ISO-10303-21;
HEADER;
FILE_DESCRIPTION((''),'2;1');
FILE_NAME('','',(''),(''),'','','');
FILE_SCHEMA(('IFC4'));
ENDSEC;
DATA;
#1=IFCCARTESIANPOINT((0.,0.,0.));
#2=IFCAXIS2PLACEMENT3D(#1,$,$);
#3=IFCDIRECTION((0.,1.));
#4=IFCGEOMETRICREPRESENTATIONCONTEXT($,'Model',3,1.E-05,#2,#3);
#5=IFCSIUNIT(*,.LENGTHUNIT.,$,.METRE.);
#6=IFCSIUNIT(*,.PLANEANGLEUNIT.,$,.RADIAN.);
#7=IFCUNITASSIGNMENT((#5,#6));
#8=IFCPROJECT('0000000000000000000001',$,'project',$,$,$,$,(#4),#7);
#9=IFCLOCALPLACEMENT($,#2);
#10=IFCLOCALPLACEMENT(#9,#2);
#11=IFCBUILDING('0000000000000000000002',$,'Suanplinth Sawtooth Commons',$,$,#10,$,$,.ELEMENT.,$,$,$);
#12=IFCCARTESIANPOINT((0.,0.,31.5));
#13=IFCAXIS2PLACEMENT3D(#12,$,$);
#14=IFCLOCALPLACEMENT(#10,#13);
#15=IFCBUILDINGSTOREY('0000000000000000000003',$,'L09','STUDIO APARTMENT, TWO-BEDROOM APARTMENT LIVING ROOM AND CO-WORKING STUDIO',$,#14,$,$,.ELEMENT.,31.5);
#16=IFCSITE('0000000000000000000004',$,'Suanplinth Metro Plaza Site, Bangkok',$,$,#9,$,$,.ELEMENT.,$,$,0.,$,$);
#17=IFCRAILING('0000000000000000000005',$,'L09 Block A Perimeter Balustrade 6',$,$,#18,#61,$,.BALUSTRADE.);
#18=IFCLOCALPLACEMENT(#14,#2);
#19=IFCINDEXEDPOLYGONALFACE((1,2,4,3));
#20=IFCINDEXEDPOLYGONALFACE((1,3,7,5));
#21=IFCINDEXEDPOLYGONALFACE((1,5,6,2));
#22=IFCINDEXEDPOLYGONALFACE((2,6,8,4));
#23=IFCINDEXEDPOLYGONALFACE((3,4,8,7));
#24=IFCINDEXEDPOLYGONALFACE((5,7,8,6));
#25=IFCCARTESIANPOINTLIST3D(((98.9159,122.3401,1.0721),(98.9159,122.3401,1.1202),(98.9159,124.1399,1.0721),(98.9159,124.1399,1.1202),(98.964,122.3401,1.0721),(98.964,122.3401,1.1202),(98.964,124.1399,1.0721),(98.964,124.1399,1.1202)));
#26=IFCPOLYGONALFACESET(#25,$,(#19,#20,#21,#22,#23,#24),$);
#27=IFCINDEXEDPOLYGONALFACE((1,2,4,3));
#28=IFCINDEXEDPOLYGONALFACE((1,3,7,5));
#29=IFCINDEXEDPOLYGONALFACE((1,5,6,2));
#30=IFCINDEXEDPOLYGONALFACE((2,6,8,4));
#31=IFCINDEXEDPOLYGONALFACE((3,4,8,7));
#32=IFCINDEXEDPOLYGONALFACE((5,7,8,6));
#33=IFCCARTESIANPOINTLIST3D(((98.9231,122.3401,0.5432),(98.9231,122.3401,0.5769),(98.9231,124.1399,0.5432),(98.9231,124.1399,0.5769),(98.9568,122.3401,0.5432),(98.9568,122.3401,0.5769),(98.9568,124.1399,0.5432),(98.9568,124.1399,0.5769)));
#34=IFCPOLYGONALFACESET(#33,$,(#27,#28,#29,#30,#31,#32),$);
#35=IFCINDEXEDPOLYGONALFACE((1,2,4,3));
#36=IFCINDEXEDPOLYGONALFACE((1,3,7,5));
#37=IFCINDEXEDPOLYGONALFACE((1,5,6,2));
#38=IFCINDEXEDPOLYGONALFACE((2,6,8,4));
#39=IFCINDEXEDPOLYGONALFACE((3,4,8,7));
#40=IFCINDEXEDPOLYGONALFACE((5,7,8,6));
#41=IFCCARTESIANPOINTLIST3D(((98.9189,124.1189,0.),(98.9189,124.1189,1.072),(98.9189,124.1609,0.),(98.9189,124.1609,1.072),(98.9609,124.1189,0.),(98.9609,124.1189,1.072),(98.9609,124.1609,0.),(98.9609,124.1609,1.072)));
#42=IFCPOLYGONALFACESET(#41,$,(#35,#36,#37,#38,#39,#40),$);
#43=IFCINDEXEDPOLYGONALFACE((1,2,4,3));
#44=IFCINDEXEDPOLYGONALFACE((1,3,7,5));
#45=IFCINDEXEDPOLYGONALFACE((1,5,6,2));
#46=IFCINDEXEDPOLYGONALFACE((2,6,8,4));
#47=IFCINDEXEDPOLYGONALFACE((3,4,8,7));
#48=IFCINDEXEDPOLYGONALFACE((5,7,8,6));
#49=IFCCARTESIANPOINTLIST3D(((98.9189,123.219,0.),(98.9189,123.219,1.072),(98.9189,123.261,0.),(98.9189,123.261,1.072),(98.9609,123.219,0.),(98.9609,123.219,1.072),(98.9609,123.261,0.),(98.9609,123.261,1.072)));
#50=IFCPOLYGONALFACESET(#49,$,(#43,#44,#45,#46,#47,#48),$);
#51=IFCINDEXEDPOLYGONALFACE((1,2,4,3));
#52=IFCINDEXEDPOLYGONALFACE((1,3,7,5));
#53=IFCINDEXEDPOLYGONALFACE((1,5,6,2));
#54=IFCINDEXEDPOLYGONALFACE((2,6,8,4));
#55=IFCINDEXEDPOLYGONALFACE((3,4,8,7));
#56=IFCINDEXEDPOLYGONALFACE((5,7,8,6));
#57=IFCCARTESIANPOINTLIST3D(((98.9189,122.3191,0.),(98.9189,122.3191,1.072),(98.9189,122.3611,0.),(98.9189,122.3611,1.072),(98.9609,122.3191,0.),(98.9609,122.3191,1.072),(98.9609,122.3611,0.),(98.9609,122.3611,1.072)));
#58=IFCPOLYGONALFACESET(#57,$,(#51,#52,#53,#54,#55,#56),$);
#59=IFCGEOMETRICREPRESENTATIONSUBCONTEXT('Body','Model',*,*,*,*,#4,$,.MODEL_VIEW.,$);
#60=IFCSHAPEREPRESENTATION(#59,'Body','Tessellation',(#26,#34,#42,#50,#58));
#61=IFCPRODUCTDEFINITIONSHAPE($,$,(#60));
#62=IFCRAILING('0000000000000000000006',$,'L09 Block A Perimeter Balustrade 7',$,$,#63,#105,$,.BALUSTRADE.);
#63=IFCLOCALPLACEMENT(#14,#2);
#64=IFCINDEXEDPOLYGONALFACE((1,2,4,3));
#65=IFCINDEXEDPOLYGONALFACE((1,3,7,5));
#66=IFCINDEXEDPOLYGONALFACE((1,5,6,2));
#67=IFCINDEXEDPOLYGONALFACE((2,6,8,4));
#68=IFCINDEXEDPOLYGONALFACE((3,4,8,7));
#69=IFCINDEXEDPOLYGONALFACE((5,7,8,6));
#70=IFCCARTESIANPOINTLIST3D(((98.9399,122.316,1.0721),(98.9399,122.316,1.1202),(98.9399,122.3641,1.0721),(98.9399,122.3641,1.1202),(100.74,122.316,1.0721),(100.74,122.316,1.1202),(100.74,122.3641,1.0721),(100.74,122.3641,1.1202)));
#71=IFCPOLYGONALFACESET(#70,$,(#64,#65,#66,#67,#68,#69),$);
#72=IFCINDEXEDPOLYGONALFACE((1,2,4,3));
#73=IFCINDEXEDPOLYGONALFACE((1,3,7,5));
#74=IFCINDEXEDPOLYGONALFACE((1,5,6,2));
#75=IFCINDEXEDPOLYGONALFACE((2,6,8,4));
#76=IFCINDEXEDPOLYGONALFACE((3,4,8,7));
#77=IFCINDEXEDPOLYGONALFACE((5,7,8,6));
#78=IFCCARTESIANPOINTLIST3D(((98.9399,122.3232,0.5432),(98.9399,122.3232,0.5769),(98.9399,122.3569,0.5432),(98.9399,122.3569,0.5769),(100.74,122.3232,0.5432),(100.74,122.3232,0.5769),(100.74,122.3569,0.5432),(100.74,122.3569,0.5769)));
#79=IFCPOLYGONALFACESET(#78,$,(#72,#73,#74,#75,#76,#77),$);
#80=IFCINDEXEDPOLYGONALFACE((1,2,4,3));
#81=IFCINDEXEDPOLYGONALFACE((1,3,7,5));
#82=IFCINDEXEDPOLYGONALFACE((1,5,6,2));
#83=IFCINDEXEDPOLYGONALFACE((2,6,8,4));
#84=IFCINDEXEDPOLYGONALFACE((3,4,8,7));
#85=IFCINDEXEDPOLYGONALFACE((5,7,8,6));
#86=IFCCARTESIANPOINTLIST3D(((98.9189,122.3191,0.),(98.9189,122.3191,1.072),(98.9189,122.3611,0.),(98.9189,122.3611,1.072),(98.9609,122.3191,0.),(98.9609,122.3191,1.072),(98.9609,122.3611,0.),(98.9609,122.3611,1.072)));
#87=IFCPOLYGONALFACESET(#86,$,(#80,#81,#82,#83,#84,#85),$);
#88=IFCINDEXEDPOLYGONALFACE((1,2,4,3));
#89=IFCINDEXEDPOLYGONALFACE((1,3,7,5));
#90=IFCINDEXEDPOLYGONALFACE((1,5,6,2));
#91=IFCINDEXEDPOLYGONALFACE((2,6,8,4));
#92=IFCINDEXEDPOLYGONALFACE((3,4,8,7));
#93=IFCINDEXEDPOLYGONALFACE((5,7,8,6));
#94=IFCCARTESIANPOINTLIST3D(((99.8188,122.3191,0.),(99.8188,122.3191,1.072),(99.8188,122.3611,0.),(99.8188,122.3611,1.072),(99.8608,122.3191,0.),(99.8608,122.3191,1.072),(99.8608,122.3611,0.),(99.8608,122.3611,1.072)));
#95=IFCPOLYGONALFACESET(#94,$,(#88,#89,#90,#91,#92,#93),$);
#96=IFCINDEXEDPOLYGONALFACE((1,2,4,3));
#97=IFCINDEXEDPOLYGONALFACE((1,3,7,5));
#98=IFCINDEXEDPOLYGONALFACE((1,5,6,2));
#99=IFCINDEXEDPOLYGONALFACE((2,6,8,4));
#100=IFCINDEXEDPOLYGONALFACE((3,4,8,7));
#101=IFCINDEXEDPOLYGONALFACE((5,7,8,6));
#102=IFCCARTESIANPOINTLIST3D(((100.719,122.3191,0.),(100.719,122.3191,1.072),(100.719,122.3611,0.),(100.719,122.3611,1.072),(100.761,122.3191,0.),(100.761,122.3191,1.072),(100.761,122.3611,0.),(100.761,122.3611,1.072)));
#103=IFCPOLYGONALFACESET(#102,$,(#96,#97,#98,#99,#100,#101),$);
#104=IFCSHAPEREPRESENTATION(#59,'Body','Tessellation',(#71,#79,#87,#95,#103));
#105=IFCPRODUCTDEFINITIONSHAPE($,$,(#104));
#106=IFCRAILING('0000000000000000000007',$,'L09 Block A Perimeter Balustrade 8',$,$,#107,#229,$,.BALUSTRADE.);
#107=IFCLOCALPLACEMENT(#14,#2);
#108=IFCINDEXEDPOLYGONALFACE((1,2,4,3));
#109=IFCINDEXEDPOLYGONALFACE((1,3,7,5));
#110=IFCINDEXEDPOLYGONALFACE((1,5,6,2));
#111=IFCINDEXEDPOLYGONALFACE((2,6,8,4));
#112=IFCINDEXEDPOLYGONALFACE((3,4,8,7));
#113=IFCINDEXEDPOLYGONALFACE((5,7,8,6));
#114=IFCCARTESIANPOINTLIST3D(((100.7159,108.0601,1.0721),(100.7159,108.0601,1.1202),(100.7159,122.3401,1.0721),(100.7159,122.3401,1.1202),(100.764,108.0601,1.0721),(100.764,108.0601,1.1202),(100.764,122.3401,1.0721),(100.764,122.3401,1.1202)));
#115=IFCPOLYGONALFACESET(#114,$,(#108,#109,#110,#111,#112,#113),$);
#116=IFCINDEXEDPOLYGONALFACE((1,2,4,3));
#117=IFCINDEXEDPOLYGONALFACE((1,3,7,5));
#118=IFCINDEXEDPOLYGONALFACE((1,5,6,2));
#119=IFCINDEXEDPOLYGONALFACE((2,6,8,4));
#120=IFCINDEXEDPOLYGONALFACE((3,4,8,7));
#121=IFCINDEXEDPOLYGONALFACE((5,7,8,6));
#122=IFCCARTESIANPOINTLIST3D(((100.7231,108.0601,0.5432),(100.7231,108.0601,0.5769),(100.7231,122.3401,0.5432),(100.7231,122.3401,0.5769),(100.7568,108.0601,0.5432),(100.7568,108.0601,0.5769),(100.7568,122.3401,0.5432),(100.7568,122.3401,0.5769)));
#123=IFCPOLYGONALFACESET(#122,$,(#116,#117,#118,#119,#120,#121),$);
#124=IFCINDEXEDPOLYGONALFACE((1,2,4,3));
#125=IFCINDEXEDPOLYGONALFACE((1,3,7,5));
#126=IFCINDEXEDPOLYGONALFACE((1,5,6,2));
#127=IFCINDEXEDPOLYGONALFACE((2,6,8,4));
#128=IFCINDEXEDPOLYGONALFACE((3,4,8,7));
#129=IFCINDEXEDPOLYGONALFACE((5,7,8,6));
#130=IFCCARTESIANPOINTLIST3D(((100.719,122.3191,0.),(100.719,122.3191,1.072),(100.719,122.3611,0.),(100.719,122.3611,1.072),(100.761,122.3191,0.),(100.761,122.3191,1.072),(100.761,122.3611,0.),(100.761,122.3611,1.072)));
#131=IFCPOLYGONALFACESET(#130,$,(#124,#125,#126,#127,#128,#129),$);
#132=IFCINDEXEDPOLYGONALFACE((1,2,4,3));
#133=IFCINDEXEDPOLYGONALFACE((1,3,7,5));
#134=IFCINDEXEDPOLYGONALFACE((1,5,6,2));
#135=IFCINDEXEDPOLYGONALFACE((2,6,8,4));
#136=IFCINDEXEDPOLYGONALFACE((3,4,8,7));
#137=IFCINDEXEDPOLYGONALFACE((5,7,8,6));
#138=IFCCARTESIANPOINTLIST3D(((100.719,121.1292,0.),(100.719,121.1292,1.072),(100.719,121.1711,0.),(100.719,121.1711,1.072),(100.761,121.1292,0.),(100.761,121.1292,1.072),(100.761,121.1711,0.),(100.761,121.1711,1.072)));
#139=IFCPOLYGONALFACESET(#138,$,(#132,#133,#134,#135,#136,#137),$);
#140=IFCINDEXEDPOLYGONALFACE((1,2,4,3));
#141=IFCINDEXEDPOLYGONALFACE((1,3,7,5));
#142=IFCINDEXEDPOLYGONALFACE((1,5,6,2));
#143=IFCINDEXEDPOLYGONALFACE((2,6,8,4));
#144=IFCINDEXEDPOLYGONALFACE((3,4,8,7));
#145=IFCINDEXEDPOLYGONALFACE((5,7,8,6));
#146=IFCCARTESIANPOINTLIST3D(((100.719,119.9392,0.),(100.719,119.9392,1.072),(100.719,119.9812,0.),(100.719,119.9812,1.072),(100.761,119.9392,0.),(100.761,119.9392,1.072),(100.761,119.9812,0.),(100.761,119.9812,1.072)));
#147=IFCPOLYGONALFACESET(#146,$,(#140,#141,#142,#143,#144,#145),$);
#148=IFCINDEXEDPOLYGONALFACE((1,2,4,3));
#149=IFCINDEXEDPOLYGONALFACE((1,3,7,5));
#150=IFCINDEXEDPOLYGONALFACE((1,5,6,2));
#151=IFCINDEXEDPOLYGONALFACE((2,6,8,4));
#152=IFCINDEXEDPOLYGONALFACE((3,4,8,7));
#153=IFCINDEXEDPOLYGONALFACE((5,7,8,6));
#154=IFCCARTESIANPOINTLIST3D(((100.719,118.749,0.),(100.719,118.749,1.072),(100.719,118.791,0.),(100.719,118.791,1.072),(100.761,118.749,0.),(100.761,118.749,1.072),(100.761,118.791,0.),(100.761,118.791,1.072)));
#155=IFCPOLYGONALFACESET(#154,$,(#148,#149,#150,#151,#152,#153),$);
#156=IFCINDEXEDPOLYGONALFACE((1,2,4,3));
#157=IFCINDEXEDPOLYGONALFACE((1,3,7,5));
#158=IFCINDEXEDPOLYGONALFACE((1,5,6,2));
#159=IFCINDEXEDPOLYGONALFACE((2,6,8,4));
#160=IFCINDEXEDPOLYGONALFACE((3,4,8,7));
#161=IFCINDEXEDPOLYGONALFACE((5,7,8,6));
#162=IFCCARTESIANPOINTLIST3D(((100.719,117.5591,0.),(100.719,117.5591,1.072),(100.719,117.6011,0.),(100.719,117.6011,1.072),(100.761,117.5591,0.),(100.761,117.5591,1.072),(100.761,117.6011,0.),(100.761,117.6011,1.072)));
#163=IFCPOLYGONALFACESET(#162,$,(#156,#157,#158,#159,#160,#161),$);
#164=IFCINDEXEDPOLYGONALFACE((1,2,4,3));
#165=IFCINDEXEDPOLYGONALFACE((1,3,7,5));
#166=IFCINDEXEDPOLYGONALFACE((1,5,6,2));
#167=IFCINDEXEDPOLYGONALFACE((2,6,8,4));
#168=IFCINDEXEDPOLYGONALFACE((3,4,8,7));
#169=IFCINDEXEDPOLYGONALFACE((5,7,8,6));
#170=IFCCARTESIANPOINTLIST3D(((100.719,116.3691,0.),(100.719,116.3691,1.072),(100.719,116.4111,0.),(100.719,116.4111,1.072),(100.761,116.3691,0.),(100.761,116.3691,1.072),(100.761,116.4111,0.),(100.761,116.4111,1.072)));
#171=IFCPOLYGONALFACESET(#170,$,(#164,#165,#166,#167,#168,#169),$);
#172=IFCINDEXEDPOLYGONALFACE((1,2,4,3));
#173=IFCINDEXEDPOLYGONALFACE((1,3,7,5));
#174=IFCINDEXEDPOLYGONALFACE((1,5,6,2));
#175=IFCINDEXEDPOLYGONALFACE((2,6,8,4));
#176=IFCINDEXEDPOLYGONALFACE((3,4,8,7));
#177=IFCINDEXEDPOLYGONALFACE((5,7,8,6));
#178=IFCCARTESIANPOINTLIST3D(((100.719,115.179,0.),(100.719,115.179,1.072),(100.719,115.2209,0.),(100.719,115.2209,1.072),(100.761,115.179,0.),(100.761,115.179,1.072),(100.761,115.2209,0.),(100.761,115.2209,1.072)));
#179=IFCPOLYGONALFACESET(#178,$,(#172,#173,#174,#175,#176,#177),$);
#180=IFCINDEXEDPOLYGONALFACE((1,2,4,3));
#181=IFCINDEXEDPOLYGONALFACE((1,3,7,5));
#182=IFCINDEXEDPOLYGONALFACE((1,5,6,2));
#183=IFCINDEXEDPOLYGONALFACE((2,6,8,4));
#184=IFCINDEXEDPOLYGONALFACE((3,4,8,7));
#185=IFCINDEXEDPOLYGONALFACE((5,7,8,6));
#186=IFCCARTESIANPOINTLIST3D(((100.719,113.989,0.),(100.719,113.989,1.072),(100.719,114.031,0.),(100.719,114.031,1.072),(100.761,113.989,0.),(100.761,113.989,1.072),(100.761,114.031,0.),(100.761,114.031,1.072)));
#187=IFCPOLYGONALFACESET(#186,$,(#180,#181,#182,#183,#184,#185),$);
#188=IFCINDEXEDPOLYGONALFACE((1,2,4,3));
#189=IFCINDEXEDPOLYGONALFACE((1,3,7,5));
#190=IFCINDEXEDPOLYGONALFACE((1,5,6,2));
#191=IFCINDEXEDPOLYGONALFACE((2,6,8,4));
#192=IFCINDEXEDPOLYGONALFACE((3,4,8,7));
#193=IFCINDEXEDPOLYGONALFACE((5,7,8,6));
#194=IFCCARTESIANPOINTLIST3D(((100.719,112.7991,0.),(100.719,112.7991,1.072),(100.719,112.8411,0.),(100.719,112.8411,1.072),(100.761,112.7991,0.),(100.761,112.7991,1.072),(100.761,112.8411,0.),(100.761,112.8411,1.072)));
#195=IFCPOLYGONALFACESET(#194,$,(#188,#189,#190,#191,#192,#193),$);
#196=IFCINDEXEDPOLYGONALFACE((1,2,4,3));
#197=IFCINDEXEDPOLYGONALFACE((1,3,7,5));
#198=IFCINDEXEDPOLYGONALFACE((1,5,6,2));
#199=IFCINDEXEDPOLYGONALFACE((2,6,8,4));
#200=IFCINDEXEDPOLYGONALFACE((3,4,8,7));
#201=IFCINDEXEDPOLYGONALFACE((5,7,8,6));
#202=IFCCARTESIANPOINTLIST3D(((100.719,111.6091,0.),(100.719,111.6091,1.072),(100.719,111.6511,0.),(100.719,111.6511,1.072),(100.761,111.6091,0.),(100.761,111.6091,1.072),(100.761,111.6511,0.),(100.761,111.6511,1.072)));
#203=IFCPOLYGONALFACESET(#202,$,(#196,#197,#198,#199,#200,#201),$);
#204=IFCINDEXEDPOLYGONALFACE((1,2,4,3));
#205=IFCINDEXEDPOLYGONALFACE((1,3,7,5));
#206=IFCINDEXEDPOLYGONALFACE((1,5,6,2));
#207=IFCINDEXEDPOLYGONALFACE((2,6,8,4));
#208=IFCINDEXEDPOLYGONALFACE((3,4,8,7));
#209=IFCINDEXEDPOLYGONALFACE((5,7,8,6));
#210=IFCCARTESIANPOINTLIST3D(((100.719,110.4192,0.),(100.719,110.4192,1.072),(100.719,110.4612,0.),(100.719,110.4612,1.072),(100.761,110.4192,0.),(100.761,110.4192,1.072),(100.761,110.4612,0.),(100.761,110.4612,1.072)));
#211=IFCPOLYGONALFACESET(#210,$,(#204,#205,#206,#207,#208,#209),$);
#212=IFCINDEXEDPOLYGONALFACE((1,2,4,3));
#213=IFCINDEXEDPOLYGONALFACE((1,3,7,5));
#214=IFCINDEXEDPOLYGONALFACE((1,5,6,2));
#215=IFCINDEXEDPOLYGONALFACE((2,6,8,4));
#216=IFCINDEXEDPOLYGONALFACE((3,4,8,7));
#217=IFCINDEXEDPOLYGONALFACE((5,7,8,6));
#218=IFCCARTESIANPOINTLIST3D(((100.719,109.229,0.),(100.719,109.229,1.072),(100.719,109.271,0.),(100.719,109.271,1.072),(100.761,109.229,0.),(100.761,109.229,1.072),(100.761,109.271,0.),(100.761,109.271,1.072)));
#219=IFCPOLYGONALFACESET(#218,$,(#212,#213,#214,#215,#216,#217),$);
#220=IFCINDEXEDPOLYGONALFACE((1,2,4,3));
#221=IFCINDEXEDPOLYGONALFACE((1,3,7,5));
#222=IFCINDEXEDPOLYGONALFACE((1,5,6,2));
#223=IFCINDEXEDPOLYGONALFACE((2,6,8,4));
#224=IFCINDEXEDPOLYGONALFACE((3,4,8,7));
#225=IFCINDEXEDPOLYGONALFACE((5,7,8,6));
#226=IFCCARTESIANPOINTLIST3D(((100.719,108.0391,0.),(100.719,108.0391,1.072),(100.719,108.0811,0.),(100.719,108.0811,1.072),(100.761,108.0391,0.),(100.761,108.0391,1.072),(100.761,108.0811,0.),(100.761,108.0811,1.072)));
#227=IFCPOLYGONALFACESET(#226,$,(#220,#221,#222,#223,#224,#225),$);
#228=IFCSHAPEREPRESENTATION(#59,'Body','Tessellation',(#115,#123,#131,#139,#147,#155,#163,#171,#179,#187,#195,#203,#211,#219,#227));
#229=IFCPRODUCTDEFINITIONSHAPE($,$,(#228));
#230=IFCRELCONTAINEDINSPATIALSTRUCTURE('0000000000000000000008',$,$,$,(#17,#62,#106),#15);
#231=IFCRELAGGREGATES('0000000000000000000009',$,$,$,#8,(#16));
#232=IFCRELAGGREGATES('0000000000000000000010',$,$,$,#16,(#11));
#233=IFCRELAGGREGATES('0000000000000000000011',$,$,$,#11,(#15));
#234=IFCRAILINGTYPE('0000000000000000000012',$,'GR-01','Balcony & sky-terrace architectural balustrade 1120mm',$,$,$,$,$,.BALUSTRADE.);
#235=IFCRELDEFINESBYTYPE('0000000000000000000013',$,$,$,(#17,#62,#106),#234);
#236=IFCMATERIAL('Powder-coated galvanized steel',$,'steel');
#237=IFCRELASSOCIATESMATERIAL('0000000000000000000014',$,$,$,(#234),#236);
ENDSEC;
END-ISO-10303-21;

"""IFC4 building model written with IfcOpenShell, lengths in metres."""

from ifc_helpers import new_model, si_unit, direction, frame, origin, origin_2d, place, context, subcontext, project, spatial, rectangle, extrude, material, type_object, element, save


model = new_model("IFC4")

# Units and contexts
model_context = context("Model", 3, precision=1e-05, world=origin(), true_north=direction((0.0, 1.0)))
body_context = subcontext(model_context, "Body", "Model", "MODEL_VIEW")
ifc_project = project(units=[si_unit("LENGTHUNIT", "METRE"), si_unit("PLANEANGLEUNIT", "RADIAN")], contexts=[model_context])

# Site, building, storey
site_placement = place(None, origin())
site = spatial("IfcSite", under=ifc_project, at=site_placement, Name="Suanplinth Metro Plaza Site, Bangkok", CompositionType="ELEMENT", RefElevation=0.0)
building_placement = place(site_placement, origin())
building = spatial("IfcBuilding", under=site, at=building_placement, Name="Suanplinth Sawtooth Commons", CompositionType="ELEMENT")
storey_placement = place(building_placement, frame((0.0, 0.0, 31.5)))
storey = spatial("IfcBuildingStorey", under=building, at=storey_placement, Name="L09", Description="STUDIO APARTMENT, TWO-BEDROOM APARTMENT LIVING ROOM AND CO-WORKING STUDIO", CompositionType="ELEMENT", Elevation=31.5)

# Railings
ifc_material_1 = material(Name="Powder-coated galvanized steel", Category="steel")
railing_type = type_object("IfcRailingType", Name="GR-01", Description="Balcony & sky-terrace architectural balustrade 1120mm", PredefinedType="BALUSTRADE", material=ifc_material_1)
railing_1_placement = place(storey_placement, frame((98.9399, 124.1399, 0.0)))
element("IfcRailing", 1, at=railing_1_placement, inside=storey, type_object=railing_type, Name="L09 Block A Perimeter Balustrade 6", PredefinedType="BALUSTRADE", context=body_context, shape_type="SweptSolid", body=[
    extrude(rectangle(XDim=0.0481, YDim=0.0481, at=origin_2d()), frame((0.0, 0.0, 1.0962), z_axis=(0.0, -1.0, 0.0), x_axis=(1.0, 0.0, 0.0)), (0.0, 0.0, 1.0), 1.7998),
    extrude(rectangle(XDim=0.0337, YDim=0.0337, at=origin_2d()), frame((0.0, 0.0, 0.5601), z_axis=(0.0, -1.0, 0.0), x_axis=(1.0, 0.0, 0.0)), (0.0, 0.0, 1.0), 1.7998),
    extrude(rectangle(XDim=0.042, YDim=0.042, at=origin_2d()), origin(), (0.0, 0.0, 1.0), 1.072),
    extrude(rectangle(XDim=0.042, YDim=0.042, at=origin_2d()), frame((0.0, -0.8999, 0.0)), (0.0, 0.0, 1.0), 1.072),
    extrude(rectangle(XDim=0.042, YDim=0.042, at=origin_2d()), frame((0.0, -1.7998, 0.0)), (0.0, 0.0, 1.0), 1.072),
])
railing_2_placement = place(storey_placement, frame((98.9399, 122.3401, 0.0)))
element("IfcRailing", 2, at=railing_2_placement, inside=storey, type_object=railing_type, Name="L09 Block A Perimeter Balustrade 7", PredefinedType="BALUSTRADE", context=body_context, shape_type="SweptSolid", body=[
    extrude(rectangle(XDim=0.0481, YDim=0.0481, at=origin_2d()), frame((0.0, 0.0, 1.0962), z_axis=(1.0, 0.0, 0.0), x_axis=(0.0, 1.0, 0.0)), (0.0, 0.0, 1.0), 1.8),
    extrude(rectangle(XDim=0.0337, YDim=0.0337, at=origin_2d()), frame((0.0, 0.0, 0.5601), z_axis=(1.0, 0.0, 0.0), x_axis=(0.0, 1.0, 0.0)), (0.0, 0.0, 1.0), 1.8),
    extrude(rectangle(XDim=0.042, YDim=0.042, at=origin_2d()), origin(), (0.0, 0.0, 1.0), 1.072),
    extrude(rectangle(XDim=0.042, YDim=0.042, at=origin_2d()), frame((0.8999, 0.0, 0.0)), (0.0, 0.0, 1.0), 1.072),
    extrude(rectangle(XDim=0.042, YDim=0.042, at=origin_2d()), frame((1.8, 0.0, 0.0)), (0.0, 0.0, 1.0), 1.072),
])
railing_3_placement = place(storey_placement, frame((100.74, 122.3401, 0.0)))
element("IfcRailing", 3, at=railing_3_placement, inside=storey, type_object=railing_type, Name="L09 Block A Perimeter Balustrade 8", PredefinedType="BALUSTRADE", context=body_context, shape_type="SweptSolid", body=[
    extrude(rectangle(XDim=0.0481, YDim=0.0481, at=origin_2d()), frame((0.0, 0.0, 1.0962), z_axis=(0.0, -1.0, 0.0), x_axis=(1.0, 0.0, 0.0)), (0.0, 0.0, 1.0), 14.28),
    extrude(rectangle(XDim=0.0337, YDim=0.0337, at=origin_2d()), frame((0.0, 0.0, 0.5601), z_axis=(0.0, -1.0, 0.0), x_axis=(1.0, 0.0, 0.0)), (0.0, 0.0, 1.0), 14.28),
    extrude(rectangle(XDim=0.042, YDim=0.042, at=origin_2d()), origin(), (0.0, 0.0, 1.0), 1.072),
    extrude(rectangle(XDim=0.042, YDim=0.042, at=origin_2d()), frame((0.0, -1.1899, 0.0)), (0.0, 0.0, 1.0), 1.072),
    extrude(rectangle(XDim=0.042, YDim=0.042, at=origin_2d()), frame((0.0, -2.3799, 0.0)), (0.0, 0.0, 1.0), 1.072),
    extrude(rectangle(XDim=0.042, YDim=0.042, at=origin_2d()), frame((0.0, -3.5701, 0.0)), (0.0, 0.0, 1.0), 1.072),
    extrude(rectangle(XDim=0.042, YDim=0.042, at=origin_2d()), frame((0.0, -4.76, 0.0)), (0.0, 0.0, 1.0), 1.072),
    extrude(rectangle(XDim=0.042, YDim=0.042, at=origin_2d()), frame((0.0, -5.95, 0.0)), (0.0, 0.0, 1.0), 1.072),
    extrude(rectangle(XDim=0.042, YDim=0.042, at=origin_2d()), frame((0.0, -7.1401, 0.0)), (0.0, 0.0, 1.0), 1.072),
    extrude(rectangle(XDim=0.042, YDim=0.042, at=origin_2d()), frame((0.0, -8.3301, 0.0)), (0.0, 0.0, 1.0), 1.072),
    extrude(rectangle(XDim=0.042, YDim=0.042, at=origin_2d()), frame((0.0, -9.52, 0.0)), (0.0, 0.0, 1.0), 1.072),
    extrude(rectangle(XDim=0.042, YDim=0.042, at=origin_2d()), frame((0.0, -10.71, 0.0)), (0.0, 0.0, 1.0), 1.072),
    extrude(rectangle(XDim=0.042, YDim=0.042, at=origin_2d()), frame((0.0, -11.8999, 0.0)), (0.0, 0.0, 1.0), 1.072),
    extrude(rectangle(XDim=0.042, YDim=0.042, at=origin_2d()), frame((0.0, -13.0901, 0.0)), (0.0, 0.0, 1.0), 1.072),
    extrude(rectangle(XDim=0.042, YDim=0.042, at=origin_2d()), frame((0.0, -14.28, 0.0)), (0.0, 0.0, 1.0), 1.072),
])

save(model, "model.ifc")
